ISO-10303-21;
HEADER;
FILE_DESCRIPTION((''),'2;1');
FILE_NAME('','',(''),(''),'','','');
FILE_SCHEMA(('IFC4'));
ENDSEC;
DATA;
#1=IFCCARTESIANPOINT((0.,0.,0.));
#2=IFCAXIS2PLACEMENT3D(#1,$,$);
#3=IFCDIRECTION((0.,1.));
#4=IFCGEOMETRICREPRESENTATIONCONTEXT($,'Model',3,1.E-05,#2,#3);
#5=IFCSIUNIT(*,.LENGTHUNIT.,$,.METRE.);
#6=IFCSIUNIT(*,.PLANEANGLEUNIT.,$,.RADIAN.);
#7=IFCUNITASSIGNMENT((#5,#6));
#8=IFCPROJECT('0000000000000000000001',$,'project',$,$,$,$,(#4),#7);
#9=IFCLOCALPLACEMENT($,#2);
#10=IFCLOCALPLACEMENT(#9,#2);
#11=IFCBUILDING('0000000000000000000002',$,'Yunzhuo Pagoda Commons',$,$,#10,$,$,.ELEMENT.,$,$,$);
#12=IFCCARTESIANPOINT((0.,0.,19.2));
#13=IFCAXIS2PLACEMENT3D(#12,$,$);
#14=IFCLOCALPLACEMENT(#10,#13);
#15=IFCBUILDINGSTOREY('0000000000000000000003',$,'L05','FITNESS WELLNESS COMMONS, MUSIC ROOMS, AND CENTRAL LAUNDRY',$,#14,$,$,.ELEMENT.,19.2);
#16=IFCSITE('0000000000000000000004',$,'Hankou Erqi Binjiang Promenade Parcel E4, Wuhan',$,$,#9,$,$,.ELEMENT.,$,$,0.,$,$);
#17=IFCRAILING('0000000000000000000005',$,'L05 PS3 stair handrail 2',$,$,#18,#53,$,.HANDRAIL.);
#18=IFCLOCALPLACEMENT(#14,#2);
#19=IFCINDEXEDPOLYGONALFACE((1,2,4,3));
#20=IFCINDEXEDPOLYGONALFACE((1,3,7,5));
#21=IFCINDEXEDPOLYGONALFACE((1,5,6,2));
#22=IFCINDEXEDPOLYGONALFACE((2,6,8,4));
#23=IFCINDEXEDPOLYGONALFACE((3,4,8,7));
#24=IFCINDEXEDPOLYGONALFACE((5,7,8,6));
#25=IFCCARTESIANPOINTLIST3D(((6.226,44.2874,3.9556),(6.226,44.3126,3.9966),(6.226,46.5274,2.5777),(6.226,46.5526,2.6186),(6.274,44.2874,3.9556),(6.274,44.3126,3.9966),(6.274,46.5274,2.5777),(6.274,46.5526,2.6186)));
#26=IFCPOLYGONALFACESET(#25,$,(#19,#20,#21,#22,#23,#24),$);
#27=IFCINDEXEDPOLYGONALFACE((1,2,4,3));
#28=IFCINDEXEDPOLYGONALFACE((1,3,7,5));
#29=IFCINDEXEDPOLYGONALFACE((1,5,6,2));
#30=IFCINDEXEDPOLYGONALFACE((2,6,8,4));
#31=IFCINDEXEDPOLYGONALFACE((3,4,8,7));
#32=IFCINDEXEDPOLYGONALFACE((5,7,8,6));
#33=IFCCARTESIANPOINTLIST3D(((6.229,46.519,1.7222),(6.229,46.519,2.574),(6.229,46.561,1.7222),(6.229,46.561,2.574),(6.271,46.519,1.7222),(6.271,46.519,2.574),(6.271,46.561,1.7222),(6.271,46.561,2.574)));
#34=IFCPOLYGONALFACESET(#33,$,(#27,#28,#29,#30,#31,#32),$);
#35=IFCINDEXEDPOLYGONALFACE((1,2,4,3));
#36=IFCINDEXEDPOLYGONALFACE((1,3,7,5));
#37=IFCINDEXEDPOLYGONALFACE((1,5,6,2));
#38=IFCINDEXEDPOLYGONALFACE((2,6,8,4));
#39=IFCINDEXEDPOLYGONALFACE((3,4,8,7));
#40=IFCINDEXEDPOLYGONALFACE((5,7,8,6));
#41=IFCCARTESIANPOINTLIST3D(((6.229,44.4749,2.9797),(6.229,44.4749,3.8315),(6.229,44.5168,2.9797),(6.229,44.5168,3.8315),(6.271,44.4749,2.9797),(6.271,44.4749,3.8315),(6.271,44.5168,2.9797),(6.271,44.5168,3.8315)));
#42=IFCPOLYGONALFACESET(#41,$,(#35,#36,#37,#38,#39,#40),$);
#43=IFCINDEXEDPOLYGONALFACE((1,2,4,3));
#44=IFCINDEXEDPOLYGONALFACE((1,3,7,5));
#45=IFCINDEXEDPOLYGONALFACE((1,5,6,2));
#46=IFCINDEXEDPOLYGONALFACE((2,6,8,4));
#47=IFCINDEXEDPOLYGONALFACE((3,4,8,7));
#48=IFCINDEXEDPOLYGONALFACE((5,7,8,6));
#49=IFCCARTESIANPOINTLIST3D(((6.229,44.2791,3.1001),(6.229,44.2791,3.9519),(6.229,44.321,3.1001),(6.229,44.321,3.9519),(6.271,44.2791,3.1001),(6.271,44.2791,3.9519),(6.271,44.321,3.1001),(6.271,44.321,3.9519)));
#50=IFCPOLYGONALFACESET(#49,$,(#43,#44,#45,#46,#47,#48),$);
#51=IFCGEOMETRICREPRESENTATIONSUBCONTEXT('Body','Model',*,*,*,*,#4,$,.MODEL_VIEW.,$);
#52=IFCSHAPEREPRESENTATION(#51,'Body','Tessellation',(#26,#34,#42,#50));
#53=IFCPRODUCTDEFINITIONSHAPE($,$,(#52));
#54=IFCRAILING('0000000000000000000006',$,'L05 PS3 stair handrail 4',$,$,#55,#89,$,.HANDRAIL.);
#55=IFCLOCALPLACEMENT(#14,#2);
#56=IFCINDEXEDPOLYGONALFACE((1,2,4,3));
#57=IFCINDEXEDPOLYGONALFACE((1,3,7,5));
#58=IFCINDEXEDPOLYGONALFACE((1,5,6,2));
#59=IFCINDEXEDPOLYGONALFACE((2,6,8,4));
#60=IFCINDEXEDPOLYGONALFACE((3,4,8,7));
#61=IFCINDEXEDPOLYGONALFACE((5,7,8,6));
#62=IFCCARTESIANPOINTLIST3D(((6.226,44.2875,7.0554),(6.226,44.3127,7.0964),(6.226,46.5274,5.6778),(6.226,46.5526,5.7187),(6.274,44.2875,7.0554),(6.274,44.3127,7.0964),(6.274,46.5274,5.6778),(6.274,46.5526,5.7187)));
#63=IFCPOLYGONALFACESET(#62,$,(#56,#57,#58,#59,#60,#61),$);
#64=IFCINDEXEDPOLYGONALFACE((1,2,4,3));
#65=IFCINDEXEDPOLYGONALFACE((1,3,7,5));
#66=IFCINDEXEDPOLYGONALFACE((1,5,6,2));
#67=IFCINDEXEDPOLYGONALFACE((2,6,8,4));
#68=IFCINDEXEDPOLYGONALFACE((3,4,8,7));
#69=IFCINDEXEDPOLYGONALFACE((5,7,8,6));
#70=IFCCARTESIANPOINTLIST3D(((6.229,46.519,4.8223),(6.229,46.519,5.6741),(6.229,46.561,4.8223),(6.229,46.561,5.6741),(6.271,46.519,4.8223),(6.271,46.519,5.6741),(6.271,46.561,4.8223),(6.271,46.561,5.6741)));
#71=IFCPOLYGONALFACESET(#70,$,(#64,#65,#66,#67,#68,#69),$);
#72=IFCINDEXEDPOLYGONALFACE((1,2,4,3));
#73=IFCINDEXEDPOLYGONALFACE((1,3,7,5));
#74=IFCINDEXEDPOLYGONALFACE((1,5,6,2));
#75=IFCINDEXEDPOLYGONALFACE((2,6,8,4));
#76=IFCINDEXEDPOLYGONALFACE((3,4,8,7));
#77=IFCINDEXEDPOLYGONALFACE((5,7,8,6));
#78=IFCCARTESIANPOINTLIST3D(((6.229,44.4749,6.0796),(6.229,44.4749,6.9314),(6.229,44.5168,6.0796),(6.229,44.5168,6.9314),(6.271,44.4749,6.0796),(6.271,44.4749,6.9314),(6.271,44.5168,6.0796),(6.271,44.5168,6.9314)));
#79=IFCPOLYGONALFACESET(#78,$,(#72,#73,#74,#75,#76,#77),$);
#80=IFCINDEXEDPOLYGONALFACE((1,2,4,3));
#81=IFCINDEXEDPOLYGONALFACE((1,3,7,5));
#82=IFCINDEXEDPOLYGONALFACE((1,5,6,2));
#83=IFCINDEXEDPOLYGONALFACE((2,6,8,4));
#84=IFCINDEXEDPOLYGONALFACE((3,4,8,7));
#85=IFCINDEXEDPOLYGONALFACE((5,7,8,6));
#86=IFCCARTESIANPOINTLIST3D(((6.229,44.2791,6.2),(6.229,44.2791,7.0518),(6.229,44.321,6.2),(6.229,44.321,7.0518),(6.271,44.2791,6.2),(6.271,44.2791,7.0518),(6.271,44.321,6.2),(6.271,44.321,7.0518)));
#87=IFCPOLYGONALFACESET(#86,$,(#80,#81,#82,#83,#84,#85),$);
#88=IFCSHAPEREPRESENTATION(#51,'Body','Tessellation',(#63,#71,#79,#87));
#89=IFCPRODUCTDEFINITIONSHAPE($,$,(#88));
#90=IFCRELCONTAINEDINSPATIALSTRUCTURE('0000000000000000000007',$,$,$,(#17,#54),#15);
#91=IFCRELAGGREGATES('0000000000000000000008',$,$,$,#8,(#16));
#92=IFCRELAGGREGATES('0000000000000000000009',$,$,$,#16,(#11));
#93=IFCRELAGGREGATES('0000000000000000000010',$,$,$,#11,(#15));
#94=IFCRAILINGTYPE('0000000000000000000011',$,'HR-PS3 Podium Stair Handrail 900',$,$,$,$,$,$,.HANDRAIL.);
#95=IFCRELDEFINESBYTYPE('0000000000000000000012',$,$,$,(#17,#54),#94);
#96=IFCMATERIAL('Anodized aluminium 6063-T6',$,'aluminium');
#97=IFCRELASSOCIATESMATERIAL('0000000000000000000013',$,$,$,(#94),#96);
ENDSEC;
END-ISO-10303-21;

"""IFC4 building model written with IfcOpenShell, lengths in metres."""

from ifc_helpers import new_model, si_unit, direction, frame, origin, origin_2d, place, context, subcontext, project, spatial, rectangle, extrude, material, type_object, element, save


model = new_model("IFC4")

# Units and contexts
model_context = context("Model", 3, precision=1e-05, world=origin(), true_north=direction((0.0, 1.0)))
body_context = subcontext(model_context, "Body", "Model", "MODEL_VIEW")
ifc_project = project(units=[si_unit("LENGTHUNIT", "METRE"), si_unit("PLANEANGLEUNIT", "RADIAN")], contexts=[model_context])

# Site, building, storey
site_placement = place(None, origin())
site = spatial("IfcSite", under=ifc_project, at=site_placement, Name="Hankou Erqi Binjiang Promenade Parcel E4, Wuhan", CompositionType="ELEMENT", RefElevation=0.0)
building_placement = place(site_placement, origin())
building = spatial("IfcBuilding", under=site, at=building_placement, Name="Yunzhuo Pagoda Commons", CompositionType="ELEMENT")
storey_placement = place(building_placement, frame((0.0, 0.0, 19.2)))
storey = spatial("IfcBuildingStorey", under=building, at=storey_placement, Name="L05", Description="FITNESS WELLNESS COMMONS, MUSIC ROOMS, AND CENTRAL LAUNDRY", CompositionType="ELEMENT", Elevation=19.2)

# Railings
ifc_material_1 = material(Name="Anodized aluminium 6063-T6", Category="aluminium")
railing_type_1 = type_object("IfcRailingType", Name="HR-PS3 Podium Stair Handrail 900", PredefinedType="HANDRAIL", material=ifc_material_1)
railing_1_placement = place(storey_placement, frame((6.25, 46.54, 1.7222)))
element("IfcRailing", 1, at=railing_1_placement, inside=storey, type_object=railing_type_1, Name="L05 PS3 stair handrail 2", PredefinedType="HANDRAIL", context=body_context, shape_type="SweptSolid", body=[
    extrude(rectangle(XDim=0.0481, YDim=0.0481, at=origin_2d()), frame((0.0, 0.0, 0.876), z_axis=(0.0, -0.851748, 0.523952), x_axis=(1.0, 0.0, 0.0)), (0.0, 0.0, 1.0), 2.6299),
    extrude(rectangle(XDim=0.042, YDim=0.042, at=origin_2d()), origin(), (0.0, 0.0, 1.0), 0.8518),
    extrude(rectangle(XDim=0.042, YDim=0.042, at=origin_2d()), frame((0.0, -2.0442, 1.2576)), (0.0, 0.0, 1.0), 0.8518),
    extrude(rectangle(XDim=0.042, YDim=0.042, at=origin_2d()), frame((0.0, -2.24, 1.3779)), (0.0, 0.0, 1.0), 0.8518),
])
railing_2_placement = place(storey_placement, frame((6.25, 46.54, 4.8223)))
element("IfcRailing", 2, at=railing_2_placement, inside=storey, type_object=railing_type_1, Name="L05 PS3 stair handrail 4", PredefinedType="HANDRAIL", context=body_context, shape_type="SweptSolid", body=[
    extrude(rectangle(XDim=0.0481, YDim=0.0481, at=origin_2d()), frame((0.0, 0.0, 0.876), z_axis=(0.0, -0.851789, 0.523885), x_axis=(1.0, 0.0, 0.0)), (0.0, 0.0, 1.0), 2.6296),
    extrude(rectangle(XDim=0.042, YDim=0.042, at=origin_2d()), origin(), (0.0, 0.0, 1.0), 0.8518),
    extrude(rectangle(XDim=0.042, YDim=0.042, at=origin_2d()), frame((0.0, -2.0442, 1.2573)), (0.0, 0.0, 1.0), 0.8518),
    extrude(rectangle(XDim=0.042, YDim=0.042, at=origin_2d()), frame((0.0, -2.24, 1.3777)), (0.0, 0.0, 1.0), 0.8518),
])

save(model, "model.ifc")
